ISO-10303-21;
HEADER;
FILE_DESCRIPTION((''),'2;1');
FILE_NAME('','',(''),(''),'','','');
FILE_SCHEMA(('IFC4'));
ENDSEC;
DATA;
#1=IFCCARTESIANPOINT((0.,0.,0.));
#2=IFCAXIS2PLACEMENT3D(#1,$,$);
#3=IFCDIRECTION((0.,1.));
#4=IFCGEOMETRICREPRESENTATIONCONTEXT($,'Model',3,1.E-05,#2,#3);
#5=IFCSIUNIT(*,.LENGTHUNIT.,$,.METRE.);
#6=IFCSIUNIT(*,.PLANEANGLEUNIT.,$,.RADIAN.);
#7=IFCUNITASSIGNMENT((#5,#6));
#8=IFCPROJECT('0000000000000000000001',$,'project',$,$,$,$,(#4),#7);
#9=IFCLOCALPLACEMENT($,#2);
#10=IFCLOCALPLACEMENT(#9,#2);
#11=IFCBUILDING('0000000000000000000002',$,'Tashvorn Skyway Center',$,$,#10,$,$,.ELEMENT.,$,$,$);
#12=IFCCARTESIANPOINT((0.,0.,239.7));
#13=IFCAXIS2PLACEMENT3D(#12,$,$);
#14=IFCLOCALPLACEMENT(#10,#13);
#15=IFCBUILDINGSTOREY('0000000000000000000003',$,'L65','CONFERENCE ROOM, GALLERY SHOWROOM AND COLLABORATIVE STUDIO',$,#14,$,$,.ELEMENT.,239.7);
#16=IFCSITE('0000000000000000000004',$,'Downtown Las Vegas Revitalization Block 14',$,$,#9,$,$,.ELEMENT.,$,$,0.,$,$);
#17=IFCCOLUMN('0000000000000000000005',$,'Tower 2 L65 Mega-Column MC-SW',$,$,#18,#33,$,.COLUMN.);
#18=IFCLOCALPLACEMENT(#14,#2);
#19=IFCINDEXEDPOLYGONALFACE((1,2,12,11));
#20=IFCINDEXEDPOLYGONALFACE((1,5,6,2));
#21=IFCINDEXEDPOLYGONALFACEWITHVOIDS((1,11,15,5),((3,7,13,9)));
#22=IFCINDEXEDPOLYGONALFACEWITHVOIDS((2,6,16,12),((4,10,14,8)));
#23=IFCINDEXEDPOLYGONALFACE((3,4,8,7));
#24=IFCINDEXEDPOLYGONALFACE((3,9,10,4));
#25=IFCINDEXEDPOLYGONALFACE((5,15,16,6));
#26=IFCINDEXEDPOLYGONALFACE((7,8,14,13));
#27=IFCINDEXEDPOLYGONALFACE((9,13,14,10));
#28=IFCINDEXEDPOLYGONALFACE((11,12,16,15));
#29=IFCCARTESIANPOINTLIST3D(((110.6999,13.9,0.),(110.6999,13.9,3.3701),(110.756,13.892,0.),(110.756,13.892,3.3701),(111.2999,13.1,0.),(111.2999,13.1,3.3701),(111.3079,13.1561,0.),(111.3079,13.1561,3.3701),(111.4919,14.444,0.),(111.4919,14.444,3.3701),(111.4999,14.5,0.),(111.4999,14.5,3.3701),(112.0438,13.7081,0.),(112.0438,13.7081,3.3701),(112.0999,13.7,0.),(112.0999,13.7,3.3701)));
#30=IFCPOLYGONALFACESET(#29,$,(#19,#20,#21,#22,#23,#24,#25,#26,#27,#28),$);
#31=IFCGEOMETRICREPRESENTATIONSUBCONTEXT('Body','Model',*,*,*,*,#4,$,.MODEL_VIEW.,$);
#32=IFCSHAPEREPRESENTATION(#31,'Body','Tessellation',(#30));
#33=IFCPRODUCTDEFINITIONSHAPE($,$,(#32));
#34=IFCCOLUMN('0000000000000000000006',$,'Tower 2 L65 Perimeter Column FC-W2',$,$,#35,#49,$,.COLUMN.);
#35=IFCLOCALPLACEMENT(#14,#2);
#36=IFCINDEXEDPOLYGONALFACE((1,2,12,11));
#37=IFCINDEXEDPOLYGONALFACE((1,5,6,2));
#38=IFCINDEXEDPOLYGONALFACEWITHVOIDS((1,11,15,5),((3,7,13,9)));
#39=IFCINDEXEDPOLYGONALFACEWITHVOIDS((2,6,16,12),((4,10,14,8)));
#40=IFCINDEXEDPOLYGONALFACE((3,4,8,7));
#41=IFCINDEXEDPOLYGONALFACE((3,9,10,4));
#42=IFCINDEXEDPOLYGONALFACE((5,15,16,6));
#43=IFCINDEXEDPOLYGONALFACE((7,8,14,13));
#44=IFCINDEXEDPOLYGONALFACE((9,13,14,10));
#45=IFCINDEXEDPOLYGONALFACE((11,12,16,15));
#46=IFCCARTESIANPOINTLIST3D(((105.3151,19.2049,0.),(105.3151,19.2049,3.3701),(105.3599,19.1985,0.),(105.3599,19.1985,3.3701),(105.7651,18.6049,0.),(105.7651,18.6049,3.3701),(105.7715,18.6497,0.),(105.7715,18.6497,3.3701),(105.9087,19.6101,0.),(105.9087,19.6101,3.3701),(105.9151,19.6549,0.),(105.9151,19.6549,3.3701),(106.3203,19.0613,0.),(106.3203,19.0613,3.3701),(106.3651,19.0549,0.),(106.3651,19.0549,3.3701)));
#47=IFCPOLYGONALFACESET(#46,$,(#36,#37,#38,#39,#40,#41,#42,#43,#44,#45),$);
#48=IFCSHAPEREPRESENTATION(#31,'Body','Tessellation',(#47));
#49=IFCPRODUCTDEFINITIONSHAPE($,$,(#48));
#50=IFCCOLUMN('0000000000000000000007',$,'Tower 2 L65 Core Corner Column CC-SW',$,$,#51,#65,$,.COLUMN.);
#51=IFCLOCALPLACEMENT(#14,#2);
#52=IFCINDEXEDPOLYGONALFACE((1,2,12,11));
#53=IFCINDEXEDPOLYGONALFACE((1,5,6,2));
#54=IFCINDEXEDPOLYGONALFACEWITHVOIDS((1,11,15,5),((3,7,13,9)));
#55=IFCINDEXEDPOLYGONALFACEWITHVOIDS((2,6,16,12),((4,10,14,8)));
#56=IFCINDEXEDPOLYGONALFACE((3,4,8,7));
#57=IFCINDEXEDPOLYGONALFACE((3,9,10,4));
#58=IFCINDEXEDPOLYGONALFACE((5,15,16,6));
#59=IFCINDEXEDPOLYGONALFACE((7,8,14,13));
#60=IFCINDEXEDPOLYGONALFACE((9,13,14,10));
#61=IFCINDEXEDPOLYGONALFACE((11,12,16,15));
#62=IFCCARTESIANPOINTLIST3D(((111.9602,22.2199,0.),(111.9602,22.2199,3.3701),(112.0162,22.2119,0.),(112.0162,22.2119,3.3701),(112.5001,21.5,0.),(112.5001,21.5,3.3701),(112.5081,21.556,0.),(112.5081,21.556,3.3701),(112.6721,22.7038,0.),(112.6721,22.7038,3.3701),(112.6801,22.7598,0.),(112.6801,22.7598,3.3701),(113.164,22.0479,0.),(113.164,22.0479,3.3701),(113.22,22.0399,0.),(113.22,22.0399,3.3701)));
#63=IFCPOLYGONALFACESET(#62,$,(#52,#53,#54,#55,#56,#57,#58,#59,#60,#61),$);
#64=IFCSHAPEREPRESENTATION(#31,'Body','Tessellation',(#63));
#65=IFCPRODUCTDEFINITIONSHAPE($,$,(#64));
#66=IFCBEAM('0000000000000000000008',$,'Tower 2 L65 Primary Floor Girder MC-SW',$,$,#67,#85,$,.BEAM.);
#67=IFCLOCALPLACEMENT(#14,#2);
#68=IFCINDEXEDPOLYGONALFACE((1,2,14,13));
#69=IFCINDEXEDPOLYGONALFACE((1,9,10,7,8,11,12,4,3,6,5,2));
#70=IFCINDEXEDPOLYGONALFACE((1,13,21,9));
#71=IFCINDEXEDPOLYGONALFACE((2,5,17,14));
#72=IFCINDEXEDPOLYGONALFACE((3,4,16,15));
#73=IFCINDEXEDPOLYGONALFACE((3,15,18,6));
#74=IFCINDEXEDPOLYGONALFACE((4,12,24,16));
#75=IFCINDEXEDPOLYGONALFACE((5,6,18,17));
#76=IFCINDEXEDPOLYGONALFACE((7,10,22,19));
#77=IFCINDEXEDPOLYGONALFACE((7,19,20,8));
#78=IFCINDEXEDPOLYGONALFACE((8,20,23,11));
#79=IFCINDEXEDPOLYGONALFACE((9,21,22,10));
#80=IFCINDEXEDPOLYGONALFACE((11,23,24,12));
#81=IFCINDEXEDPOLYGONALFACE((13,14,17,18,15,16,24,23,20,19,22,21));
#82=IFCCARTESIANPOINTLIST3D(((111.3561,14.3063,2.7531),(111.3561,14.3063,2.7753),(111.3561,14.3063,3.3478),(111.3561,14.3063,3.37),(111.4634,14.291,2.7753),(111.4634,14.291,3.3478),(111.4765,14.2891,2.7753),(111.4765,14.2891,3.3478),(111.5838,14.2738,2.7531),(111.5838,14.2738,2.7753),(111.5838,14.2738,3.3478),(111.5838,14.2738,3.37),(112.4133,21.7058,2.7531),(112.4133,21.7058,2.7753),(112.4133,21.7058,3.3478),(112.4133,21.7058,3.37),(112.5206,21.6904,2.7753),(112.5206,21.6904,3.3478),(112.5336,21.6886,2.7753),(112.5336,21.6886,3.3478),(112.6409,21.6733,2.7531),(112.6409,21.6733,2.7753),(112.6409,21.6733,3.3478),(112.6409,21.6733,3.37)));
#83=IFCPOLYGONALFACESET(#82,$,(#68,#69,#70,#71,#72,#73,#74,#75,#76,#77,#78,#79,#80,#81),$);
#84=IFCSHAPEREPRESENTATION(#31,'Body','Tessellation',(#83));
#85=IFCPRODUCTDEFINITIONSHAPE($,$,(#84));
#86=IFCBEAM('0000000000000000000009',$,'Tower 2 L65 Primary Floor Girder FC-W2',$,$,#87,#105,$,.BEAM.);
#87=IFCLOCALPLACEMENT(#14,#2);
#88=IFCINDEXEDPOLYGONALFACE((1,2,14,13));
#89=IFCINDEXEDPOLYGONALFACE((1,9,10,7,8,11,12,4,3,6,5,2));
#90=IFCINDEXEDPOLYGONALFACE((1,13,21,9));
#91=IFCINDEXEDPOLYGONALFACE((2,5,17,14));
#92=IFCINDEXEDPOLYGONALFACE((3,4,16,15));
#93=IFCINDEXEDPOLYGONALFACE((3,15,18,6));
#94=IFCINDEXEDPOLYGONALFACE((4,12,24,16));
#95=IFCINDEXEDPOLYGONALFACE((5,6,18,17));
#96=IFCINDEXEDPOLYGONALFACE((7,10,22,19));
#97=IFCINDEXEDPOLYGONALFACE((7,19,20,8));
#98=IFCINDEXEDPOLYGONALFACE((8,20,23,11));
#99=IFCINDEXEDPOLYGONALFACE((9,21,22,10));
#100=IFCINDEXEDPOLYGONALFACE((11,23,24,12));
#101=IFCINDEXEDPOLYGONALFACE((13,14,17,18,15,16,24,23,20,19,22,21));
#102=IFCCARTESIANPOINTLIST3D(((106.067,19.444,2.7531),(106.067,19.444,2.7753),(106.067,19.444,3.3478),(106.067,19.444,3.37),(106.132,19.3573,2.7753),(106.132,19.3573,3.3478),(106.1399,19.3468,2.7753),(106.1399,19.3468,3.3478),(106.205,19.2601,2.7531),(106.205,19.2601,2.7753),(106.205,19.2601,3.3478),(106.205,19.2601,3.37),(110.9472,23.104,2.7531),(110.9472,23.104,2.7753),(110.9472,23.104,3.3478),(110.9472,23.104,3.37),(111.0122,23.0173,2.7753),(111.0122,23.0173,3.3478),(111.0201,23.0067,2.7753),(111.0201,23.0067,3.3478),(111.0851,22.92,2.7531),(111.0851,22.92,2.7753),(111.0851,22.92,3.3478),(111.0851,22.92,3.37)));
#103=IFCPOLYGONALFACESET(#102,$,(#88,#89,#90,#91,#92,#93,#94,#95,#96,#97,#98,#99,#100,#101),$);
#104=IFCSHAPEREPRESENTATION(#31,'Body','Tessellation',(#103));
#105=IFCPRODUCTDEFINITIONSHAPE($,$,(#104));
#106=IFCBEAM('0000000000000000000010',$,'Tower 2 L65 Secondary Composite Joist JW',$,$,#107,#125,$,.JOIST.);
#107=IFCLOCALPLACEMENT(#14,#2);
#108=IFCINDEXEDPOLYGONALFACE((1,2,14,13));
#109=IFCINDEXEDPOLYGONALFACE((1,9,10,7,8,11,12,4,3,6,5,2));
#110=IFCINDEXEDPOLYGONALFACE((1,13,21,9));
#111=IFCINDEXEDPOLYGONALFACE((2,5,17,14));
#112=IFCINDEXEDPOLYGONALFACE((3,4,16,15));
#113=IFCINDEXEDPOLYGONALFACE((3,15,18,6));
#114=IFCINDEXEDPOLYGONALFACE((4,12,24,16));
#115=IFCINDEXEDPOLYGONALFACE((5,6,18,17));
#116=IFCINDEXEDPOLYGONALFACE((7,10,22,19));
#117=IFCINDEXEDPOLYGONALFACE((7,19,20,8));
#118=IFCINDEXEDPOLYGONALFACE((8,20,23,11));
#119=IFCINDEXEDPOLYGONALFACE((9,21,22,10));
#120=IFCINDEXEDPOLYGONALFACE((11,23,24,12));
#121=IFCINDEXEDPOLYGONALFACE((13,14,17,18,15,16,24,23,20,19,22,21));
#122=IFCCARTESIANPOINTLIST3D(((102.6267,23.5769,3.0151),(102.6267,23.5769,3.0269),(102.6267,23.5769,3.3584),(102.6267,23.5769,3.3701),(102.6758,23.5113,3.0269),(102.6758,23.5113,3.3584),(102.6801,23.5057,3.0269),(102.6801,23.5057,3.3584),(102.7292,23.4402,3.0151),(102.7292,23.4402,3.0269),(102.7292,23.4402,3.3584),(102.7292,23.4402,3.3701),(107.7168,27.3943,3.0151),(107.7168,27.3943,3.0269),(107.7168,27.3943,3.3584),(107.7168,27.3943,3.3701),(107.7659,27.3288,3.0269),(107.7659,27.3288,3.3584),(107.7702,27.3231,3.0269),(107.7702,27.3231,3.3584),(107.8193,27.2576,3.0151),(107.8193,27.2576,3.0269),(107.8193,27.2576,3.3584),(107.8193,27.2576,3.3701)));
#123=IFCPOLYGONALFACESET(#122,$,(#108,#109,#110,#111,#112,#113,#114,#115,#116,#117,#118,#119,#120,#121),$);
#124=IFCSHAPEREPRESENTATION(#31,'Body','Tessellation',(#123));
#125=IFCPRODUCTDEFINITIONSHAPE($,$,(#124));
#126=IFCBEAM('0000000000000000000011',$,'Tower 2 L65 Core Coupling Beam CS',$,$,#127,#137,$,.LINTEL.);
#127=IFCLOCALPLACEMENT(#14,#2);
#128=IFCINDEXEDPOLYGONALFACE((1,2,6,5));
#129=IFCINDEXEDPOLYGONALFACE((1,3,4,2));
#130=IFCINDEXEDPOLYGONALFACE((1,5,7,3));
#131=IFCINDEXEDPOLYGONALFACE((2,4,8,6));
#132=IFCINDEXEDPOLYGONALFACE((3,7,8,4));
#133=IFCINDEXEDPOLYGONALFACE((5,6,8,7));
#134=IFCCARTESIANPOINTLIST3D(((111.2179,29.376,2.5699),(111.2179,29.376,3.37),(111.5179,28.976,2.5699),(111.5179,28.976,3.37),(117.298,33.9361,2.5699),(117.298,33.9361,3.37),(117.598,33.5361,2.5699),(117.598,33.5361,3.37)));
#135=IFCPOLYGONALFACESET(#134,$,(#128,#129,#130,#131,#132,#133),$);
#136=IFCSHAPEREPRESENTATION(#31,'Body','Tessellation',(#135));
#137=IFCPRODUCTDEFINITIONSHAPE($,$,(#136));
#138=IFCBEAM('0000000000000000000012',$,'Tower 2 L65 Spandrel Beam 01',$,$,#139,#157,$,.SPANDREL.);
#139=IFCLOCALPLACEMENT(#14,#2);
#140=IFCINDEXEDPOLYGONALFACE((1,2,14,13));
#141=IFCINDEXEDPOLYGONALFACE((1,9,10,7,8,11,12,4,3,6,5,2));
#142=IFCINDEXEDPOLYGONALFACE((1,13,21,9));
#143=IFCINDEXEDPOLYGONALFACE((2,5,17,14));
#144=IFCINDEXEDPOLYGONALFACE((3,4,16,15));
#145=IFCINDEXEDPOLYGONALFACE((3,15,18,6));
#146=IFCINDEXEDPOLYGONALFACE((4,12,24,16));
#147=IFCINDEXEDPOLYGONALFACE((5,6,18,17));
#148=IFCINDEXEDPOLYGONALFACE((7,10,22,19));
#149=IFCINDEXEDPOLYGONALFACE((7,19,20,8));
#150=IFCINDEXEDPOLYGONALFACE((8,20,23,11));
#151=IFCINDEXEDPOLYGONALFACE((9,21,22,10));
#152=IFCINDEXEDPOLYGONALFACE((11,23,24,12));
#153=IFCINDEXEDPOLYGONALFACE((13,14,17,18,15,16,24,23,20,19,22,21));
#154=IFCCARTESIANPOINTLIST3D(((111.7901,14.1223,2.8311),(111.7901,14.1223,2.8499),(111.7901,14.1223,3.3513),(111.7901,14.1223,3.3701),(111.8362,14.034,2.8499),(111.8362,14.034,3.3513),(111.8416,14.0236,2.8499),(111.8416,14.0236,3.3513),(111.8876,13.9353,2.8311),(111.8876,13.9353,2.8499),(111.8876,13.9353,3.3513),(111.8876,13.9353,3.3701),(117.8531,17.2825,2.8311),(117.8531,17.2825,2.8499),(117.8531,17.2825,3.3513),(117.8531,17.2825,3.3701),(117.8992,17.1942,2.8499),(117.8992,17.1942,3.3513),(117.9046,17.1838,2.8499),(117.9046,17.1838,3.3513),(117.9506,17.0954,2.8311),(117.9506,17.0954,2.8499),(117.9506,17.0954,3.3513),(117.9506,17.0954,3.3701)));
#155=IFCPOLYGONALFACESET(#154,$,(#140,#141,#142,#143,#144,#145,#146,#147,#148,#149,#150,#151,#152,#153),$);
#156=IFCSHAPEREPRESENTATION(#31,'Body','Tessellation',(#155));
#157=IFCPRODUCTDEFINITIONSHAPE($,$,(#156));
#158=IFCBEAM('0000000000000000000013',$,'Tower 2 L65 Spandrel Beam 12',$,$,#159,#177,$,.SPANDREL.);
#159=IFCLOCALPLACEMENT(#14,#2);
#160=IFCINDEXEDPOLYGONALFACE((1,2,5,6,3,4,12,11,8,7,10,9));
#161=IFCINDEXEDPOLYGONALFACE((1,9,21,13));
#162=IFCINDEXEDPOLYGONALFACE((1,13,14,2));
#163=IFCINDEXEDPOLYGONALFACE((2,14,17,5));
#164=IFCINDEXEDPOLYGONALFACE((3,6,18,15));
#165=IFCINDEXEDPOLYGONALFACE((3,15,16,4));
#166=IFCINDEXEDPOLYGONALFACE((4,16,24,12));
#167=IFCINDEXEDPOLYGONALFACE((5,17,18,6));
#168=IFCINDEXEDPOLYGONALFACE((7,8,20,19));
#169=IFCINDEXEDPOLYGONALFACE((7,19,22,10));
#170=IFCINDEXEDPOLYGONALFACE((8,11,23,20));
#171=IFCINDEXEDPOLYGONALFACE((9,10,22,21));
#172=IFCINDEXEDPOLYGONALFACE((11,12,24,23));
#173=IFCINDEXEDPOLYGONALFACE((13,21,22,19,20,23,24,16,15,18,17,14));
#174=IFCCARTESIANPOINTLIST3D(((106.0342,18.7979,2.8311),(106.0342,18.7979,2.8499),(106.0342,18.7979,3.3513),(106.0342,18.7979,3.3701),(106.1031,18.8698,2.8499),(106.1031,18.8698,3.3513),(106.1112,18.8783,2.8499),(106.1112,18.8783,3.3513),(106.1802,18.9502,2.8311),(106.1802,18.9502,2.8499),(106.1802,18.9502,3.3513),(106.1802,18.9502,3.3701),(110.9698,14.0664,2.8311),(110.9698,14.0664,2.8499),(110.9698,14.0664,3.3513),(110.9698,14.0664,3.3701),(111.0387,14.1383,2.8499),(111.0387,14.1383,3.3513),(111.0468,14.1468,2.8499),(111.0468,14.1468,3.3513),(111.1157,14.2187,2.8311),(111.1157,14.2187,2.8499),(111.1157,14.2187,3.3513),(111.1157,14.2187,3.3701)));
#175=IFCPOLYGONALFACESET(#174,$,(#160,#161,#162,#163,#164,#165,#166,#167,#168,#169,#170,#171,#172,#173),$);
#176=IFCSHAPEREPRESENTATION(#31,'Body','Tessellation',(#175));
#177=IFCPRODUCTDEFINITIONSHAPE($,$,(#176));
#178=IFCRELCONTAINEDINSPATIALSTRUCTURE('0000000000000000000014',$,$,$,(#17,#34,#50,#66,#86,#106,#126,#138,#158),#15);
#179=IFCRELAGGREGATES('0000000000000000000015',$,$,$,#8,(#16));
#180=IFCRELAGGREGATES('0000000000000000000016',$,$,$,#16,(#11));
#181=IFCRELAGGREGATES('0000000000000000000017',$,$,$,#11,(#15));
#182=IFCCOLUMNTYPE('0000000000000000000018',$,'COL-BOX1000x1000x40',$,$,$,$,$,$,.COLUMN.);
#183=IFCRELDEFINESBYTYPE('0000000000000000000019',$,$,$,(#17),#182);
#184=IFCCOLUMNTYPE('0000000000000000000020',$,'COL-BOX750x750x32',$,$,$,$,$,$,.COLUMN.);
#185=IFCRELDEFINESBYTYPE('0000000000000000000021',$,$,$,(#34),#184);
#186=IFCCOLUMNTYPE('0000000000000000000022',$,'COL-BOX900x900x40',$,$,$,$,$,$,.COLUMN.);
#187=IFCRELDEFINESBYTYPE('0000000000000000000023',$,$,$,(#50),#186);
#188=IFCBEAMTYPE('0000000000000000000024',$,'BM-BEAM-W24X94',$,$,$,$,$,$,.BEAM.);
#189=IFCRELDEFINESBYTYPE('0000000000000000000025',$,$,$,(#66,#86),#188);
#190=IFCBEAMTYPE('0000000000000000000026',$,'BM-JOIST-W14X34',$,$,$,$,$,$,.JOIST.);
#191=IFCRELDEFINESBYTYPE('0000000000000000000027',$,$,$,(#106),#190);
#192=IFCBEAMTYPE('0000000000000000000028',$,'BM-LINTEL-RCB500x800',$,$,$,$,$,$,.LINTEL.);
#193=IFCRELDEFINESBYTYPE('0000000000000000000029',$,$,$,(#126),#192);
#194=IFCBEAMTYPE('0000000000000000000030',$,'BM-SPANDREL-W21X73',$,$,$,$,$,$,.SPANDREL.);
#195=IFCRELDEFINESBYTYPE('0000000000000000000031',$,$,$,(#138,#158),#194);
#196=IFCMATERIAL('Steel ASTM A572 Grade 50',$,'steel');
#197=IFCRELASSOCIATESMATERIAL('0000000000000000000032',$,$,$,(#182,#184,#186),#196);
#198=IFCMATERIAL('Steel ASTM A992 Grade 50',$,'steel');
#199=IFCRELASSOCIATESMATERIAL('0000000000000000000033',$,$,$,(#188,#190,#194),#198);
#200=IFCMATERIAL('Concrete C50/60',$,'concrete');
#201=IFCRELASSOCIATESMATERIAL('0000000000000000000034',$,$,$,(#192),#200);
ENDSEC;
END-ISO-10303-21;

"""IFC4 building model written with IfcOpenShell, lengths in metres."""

from ifc_helpers import new_model, si_unit, direction, frame, origin, origin_2d, place, context, subcontext, project, spatial, rectangle, hollow_rectangle, i_section, extrude, material, material_profile, profile_set, type_object, element, save


model = new_model("IFC4")

# Units and contexts
model_context = context("Model", 3, precision=1e-05, world=origin(), true_north=direction((0.0, 1.0)))
body_context = subcontext(model_context, "Body", "Model", "MODEL_VIEW")
ifc_project = project(units=[si_unit("LENGTHUNIT", "METRE"), si_unit("PLANEANGLEUNIT", "RADIAN")], contexts=[model_context])

# Site, building, storey
site_placement = place(None, origin())
site = spatial("IfcSite", under=ifc_project, at=site_placement, Name="Downtown Las Vegas Revitalization Block 14", CompositionType="ELEMENT", RefElevation=0.0)
building_placement = place(site_placement, origin())
building = spatial("IfcBuilding", under=site, at=building_placement, Name="Tashvorn Skyway Center", CompositionType="ELEMENT")
storey_placement = place(building_placement, frame((0.0, 0.0, 239.7)))
storey = spatial("IfcBuildingStorey", under=building, at=storey_placement, Name="L65", Description="CONFERENCE ROOM, GALLERY SHOWROOM AND COLLABORATIVE STUDIO", CompositionType="ELEMENT", Elevation=239.7)

# Columns
ifc_material_1 = material(Name="Steel ASTM A572 Grade 50", Category="steel")
ifc_material_profile_1 = material_profile(ifc_material_1, hollow_rectangle(XDim=1.0, YDim=1.0, WallThickness=0.04, at=origin_2d()), Name="BOX1000x1000x40")
ifc_profile_set_1 = profile_set([ifc_material_profile_1], Name="Steel ASTM A572 Grade 50")
column_type_1 = type_object("IfcColumnType", Name="COL-BOX1000x1000x40", PredefinedType="COLUMN", material=ifc_profile_set_1)
column_1_placement = place(storey_placement, frame((111.3999, 13.8, 0.0), z_axis=(0.0, 0.0, 1.0), x_axis=(0.8, 0.6, 0.0)))
element("IfcColumn", 1, at=column_1_placement, inside=storey, type_object=column_type_1, Name="Tower 2 L65 Mega-Column MC-SW", PredefinedType="COLUMN", context=body_context, shape_type="SweptSolid", body=[
    extrude(hollow_rectangle(XDim=1.0, YDim=1.0, WallThickness=0.04, at=origin_2d()), origin(), (0.0, 0.0, 1.0), 3.3701),
])
ifc_material_profile_2 = material_profile(ifc_material_1, hollow_rectangle(XDim=0.75, YDim=0.75, WallThickness=0.032, at=origin_2d()), Name="BOX750x750x32")
ifc_profile_set_2 = profile_set([ifc_material_profile_2], Name="Steel ASTM A572 Grade 50")
column_type_2 = type_object("IfcColumnType", Name="COL-BOX750x750x32", PredefinedType="COLUMN", material=ifc_profile_set_2)
column_2_placement = place(storey_placement, frame((105.8401, 19.1299, 0.0), z_axis=(0.0, 0.0, 1.0), x_axis=(0.8, 0.6, 0.0)))
element("IfcColumn", 2, at=column_2_placement, inside=storey, type_object=column_type_2, Name="Tower 2 L65 Perimeter Column FC-W2", PredefinedType="COLUMN", context=body_context, shape_type="SweptSolid", body=[
    extrude(hollow_rectangle(XDim=0.75, YDim=0.75, WallThickness=0.032, at=origin_2d()), origin(), (0.0, 0.0, 1.0), 3.3701),
])
ifc_material_profile_3 = material_profile(ifc_material_1, hollow_rectangle(XDim=0.8999, YDim=0.8999, WallThickness=0.04, at=origin_2d()), Name="BOX900x900x40")
ifc_profile_set_3 = profile_set([ifc_material_profile_3], Name="Steel ASTM A572 Grade 50")
column_type_3 = type_object("IfcColumnType", Name="COL-BOX900x900x40", PredefinedType="COLUMN", material=ifc_profile_set_3)
column_3_placement = place(storey_placement, frame((112.5901, 22.1299, 0.0), z_axis=(0.0, 0.0, 1.0), x_axis=(0.8, 0.6, 0.0)))
element("IfcColumn", 3, at=column_3_placement, inside=storey, type_object=column_type_3, Name="Tower 2 L65 Core Corner Column CC-SW", PredefinedType="COLUMN", context=body_context, shape_type="SweptSolid", body=[
    extrude(hollow_rectangle(XDim=0.8999, YDim=0.8999, WallThickness=0.04, at=origin_2d()), origin(), (0.0, 0.0, 1.0), 3.3701),
])

# Beams
ifc_material_2 = material(Name="Steel ASTM A992 Grade 50", Category="steel")
ifc_material_profile_4 = material_profile(ifc_material_2, i_section(OverallWidth=0.23, OverallDepth=0.6169, WebThickness=0.0132, FlangeThickness=0.0222, at=origin_2d()), Name="W24X94")
ifc_profile_set_4 = profile_set([ifc_material_profile_4], Name="Steel ASTM A992 Grade 50")
beam_type_1 = type_object("IfcBeamType", Name="BM-BEAM-W24X94", PredefinedType="BEAM", material=ifc_profile_set_4)
beam_1_placement = place(storey_placement, frame((111.47, 14.29, 3.0615), z_axis=(0.141431, 0.989948, 0.0), x_axis=(-0.989948, 0.141431, 0.0)))
element("IfcBeam", 4, at=beam_1_placement, inside=storey, type_object=beam_type_1, Name="Tower 2 L65 Primary Floor Girder MC-SW", PredefinedType="BEAM", context=body_context, shape_type="SweptSolid", body=[
    extrude(i_section(OverallWidth=0.23, OverallDepth=0.6169, WebThickness=0.0132, FlangeThickness=0.0222, at=origin_2d()), origin(), (0.0, 0.0, 1.0), 7.4746),
])
beam_2_placement = place(storey_placement, frame((106.136, 19.3521, 3.0615), z_axis=(0.800014, 0.599981, 0.0), x_axis=(-0.599981, 0.800014, 0.0)))
element("IfcBeam", 5, at=beam_2_placement, inside=storey, type_object=beam_type_1, Name="Tower 2 L65 Primary Floor Girder FC-W2", PredefinedType="BEAM", context=body_context, shape_type="SweptSolid", body=[
    extrude(i_section(OverallWidth=0.23, OverallDepth=0.6169, WebThickness=0.0132, FlangeThickness=0.0222, at=origin_2d()), origin(), (0.0, 0.0, 1.0), 6.1001),
])
ifc_material_profile_5 = material_profile(ifc_material_2, i_section(OverallWidth=0.1709, OverallDepth=0.355, WebThickness=0.0071, FlangeThickness=0.0117, at=origin_2d()), Name="W14X34")
ifc_profile_set_5 = profile_set([ifc_material_profile_5], Name="Steel ASTM A992 Grade 50")
beam_type_2 = type_object("IfcBeamType", Name="BM-JOIST-W14X34", PredefinedType="JOIST", material=ifc_profile_set_5)
beam_3_placement = place(storey_placement, frame((107.7681, 27.3259, 3.1926), z_axis=(-0.800014, -0.599982, 0.0), x_axis=(0.599982, -0.800014, 0.0)))
element("IfcBeam", 6, at=beam_3_placement, inside=storey, type_object=beam_type_2, Name="Tower 2 L65 Secondary Composite Joist JW", PredefinedType="JOIST", context=body_context, shape_type="SweptSolid", body=[
    extrude(i_section(OverallWidth=0.1709, OverallDepth=0.355, WebThickness=0.0071, FlangeThickness=0.0117, at=origin_2d()), origin(), (0.0, 0.0, 1.0), 6.3625),
])
ifc_material_3 = material(Name="Concrete C50/60", Category="concrete")
ifc_material_profile_6 = material_profile(ifc_material_3, rectangle(XDim=0.5, YDim=0.8, at=origin_2d()), Name="RCB500x800")
ifc_profile_set_6 = profile_set([ifc_material_profile_6], Name="Concrete C50/60")
beam_type_3 = type_object("IfcBeamType", Name="BM-LINTEL-RCB500x800", PredefinedType="LINTEL", material=ifc_profile_set_6)
beam_4_placement = place(storey_placement, frame((111.3679, 29.176, 2.97), z_axis=(0.8, 0.6, 0.0), x_axis=(-0.6, 0.8, 0.0)))
element("IfcBeam", 7, at=beam_4_placement, inside=storey, type_object=beam_type_3, Name="Tower 2 L65 Core Coupling Beam CS", PredefinedType="LINTEL", context=body_context, shape_type="SweptSolid", body=[
    extrude(rectangle(XDim=0.5, YDim=0.8, at=origin_2d()), origin(), (0.0, 0.0, 1.0), 7.6001),
])
ifc_material_profile_7 = material_profile(ifc_material_2, i_section(OverallWidth=0.2109, OverallDepth=0.5391, WebThickness=0.0117, FlangeThickness=0.0188, at=origin_2d()), Name="W21X73")
ifc_profile_set_7 = profile_set([ifc_material_profile_7], Name="Steel ASTM A992 Grade 50")
beam_type_4 = type_object("IfcBeamType", Name="BM-SPANDREL-W21X73", PredefinedType="SPANDREL", material=ifc_profile_set_7)
for number, where, z_axis, x_axis, name in (
    (8, (111.8389, 14.0288, 3.1006), (0.886773, 0.462205, 0.0), (-0.462205, 0.886773, 0.0), "Tower 2 L65 Spandrel Beam 01"),
    (9, (106.1072, 18.874, 3.1006), (0.721875, -0.692023, 0.0), (0.692023, 0.721875, 0.0), "Tower 2 L65 Spandrel Beam 12"),
):
    element("IfcBeam", number, at=place(storey_placement, frame(where, z_axis=z_axis, x_axis=x_axis)), inside=storey, type_object=beam_type_4, Name=name, PredefinedType="SPANDREL", context=body_context, shape_type="SweptSolid", body=[
        extrude(i_section(OverallWidth=0.2109, OverallDepth=0.5391, WebThickness=0.0117, FlangeThickness=0.0188, at=origin_2d()), origin(), (0.0, 0.0, 1.0), 6.8372),
    ])

save(model, "model.ifc")
